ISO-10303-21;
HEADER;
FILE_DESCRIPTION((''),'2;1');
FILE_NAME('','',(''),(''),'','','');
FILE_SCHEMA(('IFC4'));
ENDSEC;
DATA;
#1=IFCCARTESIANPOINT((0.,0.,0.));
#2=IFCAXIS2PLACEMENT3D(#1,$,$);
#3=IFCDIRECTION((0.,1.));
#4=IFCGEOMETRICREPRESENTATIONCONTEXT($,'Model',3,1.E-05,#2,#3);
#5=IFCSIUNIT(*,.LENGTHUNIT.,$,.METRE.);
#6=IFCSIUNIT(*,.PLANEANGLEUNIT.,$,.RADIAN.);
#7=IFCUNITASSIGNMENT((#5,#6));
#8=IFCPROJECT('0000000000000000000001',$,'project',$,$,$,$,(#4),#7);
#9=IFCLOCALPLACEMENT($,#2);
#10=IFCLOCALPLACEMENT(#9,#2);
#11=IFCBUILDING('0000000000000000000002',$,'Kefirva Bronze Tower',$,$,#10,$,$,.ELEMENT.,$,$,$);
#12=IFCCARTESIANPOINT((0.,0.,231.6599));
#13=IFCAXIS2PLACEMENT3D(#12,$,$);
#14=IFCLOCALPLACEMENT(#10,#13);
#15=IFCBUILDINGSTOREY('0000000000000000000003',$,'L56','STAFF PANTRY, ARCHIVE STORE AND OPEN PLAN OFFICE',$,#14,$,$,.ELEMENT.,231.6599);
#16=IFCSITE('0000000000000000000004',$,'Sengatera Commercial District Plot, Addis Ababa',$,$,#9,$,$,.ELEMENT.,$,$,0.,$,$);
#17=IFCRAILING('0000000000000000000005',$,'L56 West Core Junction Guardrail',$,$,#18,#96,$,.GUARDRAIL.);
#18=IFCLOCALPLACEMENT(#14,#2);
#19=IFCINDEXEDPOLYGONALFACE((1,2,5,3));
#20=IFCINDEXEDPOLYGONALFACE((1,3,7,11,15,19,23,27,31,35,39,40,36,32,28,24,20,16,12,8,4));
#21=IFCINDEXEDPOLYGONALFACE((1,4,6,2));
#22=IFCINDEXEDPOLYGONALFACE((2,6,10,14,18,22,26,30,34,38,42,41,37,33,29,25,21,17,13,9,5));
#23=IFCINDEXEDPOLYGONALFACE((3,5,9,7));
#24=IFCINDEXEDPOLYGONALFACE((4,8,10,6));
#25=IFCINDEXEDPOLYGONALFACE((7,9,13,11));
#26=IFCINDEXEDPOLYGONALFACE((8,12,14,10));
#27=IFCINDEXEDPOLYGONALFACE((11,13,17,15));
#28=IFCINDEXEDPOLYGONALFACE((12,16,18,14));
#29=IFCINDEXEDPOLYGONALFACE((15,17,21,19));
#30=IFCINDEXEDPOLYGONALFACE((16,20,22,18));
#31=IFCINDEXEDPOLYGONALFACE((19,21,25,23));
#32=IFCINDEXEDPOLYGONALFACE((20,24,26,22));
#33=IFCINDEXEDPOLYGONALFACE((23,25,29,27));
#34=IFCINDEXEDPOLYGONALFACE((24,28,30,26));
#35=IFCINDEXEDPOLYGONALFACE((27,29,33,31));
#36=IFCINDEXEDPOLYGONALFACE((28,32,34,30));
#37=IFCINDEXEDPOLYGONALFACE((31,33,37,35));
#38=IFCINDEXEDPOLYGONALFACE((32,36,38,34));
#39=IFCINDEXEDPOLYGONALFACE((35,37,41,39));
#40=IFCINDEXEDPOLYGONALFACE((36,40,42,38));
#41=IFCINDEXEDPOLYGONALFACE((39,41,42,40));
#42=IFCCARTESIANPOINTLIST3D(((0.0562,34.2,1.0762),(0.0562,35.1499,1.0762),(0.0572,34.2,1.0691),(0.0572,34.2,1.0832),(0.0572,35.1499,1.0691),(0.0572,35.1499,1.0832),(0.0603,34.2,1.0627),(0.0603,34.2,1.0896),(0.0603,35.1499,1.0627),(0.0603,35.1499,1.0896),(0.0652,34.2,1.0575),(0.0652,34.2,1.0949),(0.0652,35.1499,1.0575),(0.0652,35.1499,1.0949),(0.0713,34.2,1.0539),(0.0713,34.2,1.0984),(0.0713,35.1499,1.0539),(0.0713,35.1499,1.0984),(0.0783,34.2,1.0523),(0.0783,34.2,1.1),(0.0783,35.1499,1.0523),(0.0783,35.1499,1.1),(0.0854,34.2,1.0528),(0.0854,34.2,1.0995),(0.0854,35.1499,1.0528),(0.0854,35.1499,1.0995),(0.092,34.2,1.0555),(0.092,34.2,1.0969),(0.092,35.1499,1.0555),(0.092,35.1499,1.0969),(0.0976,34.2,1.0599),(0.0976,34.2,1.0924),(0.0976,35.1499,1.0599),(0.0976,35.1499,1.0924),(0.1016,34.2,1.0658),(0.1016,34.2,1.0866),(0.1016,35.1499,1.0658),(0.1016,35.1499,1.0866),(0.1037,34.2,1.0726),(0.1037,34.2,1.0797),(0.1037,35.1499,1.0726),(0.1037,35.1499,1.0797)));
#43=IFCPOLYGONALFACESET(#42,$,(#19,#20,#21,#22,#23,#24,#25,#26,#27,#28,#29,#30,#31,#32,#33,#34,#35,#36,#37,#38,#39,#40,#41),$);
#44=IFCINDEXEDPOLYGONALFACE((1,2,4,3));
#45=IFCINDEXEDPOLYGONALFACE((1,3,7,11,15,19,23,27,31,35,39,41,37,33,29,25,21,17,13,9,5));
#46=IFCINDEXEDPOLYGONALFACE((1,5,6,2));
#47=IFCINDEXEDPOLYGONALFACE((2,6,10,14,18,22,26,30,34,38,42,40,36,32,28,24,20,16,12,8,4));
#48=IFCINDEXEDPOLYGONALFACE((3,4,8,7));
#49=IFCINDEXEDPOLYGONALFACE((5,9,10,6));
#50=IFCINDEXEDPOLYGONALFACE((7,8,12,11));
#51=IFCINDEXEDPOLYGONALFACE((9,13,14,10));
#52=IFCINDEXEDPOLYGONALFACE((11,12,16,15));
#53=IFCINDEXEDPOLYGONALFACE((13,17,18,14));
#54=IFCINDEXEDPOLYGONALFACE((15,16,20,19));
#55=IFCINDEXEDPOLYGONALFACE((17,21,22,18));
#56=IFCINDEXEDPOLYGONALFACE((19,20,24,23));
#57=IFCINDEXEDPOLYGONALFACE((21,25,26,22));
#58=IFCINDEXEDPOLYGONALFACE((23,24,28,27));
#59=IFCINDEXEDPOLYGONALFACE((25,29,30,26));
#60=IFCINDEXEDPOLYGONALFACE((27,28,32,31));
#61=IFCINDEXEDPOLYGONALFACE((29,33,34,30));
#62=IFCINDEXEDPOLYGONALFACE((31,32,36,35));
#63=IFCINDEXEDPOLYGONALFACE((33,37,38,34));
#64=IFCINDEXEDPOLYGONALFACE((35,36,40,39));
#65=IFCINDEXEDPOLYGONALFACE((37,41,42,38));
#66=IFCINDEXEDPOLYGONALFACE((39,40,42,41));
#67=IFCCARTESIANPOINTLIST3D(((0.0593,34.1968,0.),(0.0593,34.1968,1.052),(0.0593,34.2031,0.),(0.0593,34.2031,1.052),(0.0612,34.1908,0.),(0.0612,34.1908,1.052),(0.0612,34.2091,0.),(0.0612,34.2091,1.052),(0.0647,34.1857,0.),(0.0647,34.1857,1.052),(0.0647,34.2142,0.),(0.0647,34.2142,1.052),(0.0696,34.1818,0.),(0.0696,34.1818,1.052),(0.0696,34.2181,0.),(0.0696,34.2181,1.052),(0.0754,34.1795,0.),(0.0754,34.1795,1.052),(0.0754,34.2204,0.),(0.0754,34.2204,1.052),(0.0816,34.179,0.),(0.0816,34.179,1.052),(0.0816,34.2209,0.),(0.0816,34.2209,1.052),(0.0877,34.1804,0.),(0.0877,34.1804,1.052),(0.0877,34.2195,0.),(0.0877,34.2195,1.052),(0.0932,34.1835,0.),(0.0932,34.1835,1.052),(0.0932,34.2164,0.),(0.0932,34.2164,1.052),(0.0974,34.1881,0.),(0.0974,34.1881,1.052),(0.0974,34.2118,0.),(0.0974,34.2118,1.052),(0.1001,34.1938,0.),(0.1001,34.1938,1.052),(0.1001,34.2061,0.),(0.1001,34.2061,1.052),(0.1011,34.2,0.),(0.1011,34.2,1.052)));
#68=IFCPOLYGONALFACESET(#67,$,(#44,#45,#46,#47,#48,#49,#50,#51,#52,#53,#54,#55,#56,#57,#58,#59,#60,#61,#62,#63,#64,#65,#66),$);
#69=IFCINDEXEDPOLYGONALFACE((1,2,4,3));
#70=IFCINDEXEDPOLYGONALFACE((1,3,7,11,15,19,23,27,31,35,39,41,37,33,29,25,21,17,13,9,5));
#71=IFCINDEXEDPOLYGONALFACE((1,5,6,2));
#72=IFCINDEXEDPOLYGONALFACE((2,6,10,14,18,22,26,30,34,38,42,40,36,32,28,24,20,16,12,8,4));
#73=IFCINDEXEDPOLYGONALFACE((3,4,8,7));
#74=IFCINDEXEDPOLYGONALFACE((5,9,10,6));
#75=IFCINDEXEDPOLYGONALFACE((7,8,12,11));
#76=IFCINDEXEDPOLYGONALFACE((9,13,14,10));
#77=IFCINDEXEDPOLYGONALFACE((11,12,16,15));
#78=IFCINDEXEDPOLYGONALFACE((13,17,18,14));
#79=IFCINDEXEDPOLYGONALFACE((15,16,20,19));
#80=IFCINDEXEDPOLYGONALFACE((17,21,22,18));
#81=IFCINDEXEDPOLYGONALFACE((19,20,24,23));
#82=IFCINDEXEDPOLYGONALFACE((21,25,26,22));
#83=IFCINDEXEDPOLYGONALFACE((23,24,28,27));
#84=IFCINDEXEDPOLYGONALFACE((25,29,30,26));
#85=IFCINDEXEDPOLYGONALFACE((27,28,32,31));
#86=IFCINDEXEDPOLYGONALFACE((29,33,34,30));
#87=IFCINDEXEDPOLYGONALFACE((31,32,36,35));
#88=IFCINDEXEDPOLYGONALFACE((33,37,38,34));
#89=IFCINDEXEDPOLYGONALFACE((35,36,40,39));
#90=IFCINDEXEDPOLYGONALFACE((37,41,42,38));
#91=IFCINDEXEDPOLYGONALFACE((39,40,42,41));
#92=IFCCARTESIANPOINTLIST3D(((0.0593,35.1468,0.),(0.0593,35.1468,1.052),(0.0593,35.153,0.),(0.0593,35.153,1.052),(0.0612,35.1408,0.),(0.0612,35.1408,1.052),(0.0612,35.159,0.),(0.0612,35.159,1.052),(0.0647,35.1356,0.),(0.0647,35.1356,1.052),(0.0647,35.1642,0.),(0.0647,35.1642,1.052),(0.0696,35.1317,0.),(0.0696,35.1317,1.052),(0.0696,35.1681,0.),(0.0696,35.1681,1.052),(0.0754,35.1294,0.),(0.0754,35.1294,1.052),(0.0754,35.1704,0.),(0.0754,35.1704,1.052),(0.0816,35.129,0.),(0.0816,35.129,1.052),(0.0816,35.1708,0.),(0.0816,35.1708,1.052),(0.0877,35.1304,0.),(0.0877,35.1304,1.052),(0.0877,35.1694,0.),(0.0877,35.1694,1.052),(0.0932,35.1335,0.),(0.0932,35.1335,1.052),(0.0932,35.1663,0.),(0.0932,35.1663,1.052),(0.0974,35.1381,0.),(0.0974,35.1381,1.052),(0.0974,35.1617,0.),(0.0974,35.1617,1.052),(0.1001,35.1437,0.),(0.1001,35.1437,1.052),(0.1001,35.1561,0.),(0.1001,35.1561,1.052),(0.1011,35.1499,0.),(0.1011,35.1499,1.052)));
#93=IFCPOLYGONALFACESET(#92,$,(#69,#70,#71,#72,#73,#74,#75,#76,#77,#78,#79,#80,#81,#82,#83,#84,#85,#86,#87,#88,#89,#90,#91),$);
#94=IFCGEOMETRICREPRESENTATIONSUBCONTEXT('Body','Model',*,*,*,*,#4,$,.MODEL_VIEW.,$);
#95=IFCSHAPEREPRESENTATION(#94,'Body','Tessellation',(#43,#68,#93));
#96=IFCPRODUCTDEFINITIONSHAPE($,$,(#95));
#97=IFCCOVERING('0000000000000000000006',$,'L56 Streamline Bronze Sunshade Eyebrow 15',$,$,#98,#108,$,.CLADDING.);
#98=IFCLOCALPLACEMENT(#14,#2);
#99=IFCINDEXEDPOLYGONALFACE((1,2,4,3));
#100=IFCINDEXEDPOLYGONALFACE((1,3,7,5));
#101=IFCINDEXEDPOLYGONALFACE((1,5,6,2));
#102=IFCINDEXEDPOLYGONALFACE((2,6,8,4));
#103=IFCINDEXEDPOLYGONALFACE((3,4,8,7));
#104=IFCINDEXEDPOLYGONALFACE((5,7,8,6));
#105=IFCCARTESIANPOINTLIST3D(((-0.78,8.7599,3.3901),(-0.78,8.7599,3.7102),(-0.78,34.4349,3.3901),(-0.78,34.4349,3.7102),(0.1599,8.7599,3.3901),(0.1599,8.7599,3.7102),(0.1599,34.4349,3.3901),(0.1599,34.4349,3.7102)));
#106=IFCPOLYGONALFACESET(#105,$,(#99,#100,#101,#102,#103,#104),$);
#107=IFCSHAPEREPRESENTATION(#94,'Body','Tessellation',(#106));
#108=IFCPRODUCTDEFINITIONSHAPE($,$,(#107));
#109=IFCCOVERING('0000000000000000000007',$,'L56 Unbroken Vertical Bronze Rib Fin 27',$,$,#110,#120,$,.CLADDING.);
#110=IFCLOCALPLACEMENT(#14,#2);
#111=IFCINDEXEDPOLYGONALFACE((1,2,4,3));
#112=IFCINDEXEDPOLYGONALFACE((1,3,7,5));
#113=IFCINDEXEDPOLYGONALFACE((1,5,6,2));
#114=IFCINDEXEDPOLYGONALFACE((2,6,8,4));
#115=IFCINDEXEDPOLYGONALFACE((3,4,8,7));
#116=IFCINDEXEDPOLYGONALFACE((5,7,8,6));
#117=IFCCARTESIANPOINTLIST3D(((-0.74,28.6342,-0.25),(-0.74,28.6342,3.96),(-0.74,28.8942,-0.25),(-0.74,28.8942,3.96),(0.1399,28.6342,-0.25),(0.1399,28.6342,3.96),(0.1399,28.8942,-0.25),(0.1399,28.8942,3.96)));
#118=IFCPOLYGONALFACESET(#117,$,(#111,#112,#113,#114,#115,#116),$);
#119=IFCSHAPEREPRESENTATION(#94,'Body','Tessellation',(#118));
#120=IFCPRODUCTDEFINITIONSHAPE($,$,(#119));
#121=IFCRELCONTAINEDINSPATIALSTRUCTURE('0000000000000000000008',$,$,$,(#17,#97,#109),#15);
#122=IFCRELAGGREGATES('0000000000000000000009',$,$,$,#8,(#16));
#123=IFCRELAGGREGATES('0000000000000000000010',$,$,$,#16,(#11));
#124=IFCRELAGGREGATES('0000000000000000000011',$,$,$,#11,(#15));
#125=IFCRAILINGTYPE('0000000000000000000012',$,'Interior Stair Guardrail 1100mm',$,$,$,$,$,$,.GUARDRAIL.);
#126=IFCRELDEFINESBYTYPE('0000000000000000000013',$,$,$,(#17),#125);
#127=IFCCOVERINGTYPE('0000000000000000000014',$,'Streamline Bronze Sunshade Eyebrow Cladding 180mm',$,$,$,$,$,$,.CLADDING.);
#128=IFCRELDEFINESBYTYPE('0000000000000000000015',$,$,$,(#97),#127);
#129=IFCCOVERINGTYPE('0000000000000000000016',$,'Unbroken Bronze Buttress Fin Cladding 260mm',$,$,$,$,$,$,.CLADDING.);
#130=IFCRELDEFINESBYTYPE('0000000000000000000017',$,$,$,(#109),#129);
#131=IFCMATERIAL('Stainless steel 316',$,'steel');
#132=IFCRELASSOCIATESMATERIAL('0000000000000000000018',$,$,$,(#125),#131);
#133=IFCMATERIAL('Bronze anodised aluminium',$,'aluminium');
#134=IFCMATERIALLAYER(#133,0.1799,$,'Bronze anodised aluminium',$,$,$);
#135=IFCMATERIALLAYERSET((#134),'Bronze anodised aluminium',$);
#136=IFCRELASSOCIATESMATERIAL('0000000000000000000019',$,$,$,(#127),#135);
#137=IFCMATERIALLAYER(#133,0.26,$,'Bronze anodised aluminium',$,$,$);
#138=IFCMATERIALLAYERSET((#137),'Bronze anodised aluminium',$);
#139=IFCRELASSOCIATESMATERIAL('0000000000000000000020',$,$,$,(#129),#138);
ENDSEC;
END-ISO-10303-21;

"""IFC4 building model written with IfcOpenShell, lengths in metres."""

from ifc_helpers import new_model, si_unit, direction, frame, origin, origin_2d, place, context, subcontext, project, spatial, rectangle, circle, extrude, material, layer, layer_set, type_object, element, save


model = new_model("IFC4")

# Units and contexts
model_context = context("Model", 3, precision=1e-05, world=origin(), true_north=direction((0.0, 1.0)))
body_context = subcontext(model_context, "Body", "Model", "MODEL_VIEW")
ifc_project = project(units=[si_unit("LENGTHUNIT", "METRE"), si_unit("PLANEANGLEUNIT", "RADIAN")], contexts=[model_context])

# Site, building, storey
site_placement = place(None, origin())
site = spatial("IfcSite", under=ifc_project, at=site_placement, Name="Sengatera Commercial District Plot, Addis Ababa", CompositionType="ELEMENT", RefElevation=0.0)
building_placement = place(site_placement, origin())
building = spatial("IfcBuilding", under=site, at=building_placement, Name="Kefirva Bronze Tower", CompositionType="ELEMENT")
storey_placement = place(building_placement, frame((0.0, 0.0, 231.6599)))
storey = spatial("IfcBuildingStorey", under=building, at=storey_placement, Name="L56", Description="STAFF PANTRY, ARCHIVE STORE AND OPEN PLAN OFFICE", CompositionType="ELEMENT", Elevation=231.6599)

# Shared definitions
ifc_material_1 = material(Name="Bronze anodised aluminium", Category="aluminium")

# Railing
ifc_material_2 = material(Name="Stainless steel 316", Category="steel")
railing_type = type_object("IfcRailingType", Name="Interior Stair Guardrail 1100mm", PredefinedType="GUARDRAIL", material=ifc_material_2)
railing_placement = place(storey_placement, frame((0.0801, 34.2, 0.0)))
element("IfcRailing", 1, at=railing_placement, inside=storey, type_object=railing_type, Name="L56 West Core Junction Guardrail", PredefinedType="GUARDRAIL", context=body_context, shape_type="SweptSolid", body=[
    extrude(circle(Radius=0.0239, at=origin_2d()), frame((0.0, 0.0, 1.0762), z_axis=(0.0, 1.0, 0.0), x_axis=(-1.0, 0.0, 0.0)), (0.0, 0.0, 1.0), 0.95),
    extrude(circle(Radius=0.021, at=origin_2d()), origin(), (0.0, 0.0, 1.0), 1.052),
    extrude(circle(Radius=0.021, at=origin_2d()), frame((0.0, 0.95, 0.0)), (0.0, 0.0, 1.0), 1.052),
])

# Coverings
ifc_layer_1 = layer(ifc_material_1, 0.1799, Name="Bronze anodised aluminium")
ifc_layer_set_1 = layer_set([ifc_layer_1], Name="Bronze anodised aluminium")
covering_type_1 = type_object("IfcCoveringType", Name="Streamline Bronze Sunshade Eyebrow Cladding 180mm", PredefinedType="CLADDING", material=ifc_layer_set_1)
covering_1_placement = place(storey_placement, frame((-0.3101, 21.5974, 3.3901), z_axis=(0.0, 0.0, 1.0), x_axis=(0.0, -1.0, 0.0)))
element("IfcCovering", 2, at=covering_1_placement, inside=storey, type_object=covering_type_1, Name="L56 Streamline Bronze Sunshade Eyebrow 15", PredefinedType="CLADDING", context=body_context, shape_type="SweptSolid", body=[
    extrude(rectangle(XDim=25.675, YDim=0.9399, at=origin_2d()), origin(), (0.0, 0.0, 1.0), 0.3201),
])
ifc_layer_2 = layer(ifc_material_1, 0.26, Name="Bronze anodised aluminium")
ifc_layer_set_2 = layer_set([ifc_layer_2], Name="Bronze anodised aluminium")
covering_type_2 = type_object("IfcCoveringType", Name="Unbroken Bronze Buttress Fin Cladding 260mm", PredefinedType="CLADDING", material=ifc_layer_set_2)
covering_2_placement = place(storey_placement, frame((-0.3, 28.7642, -0.25), z_axis=(0.0, 0.0, 1.0), x_axis=(0.0, -1.0, 0.0)))
element("IfcCovering", 3, at=covering_2_placement, inside=storey, type_object=covering_type_2, Name="L56 Unbroken Vertical Bronze Rib Fin 27", PredefinedType="CLADDING", context=body_context, shape_type="SweptSolid", body=[
    extrude(rectangle(XDim=0.26, YDim=0.8799, at=origin_2d()), origin(), (0.0, 0.0, 1.0), 4.21),
])

save(model, "model.ifc")
